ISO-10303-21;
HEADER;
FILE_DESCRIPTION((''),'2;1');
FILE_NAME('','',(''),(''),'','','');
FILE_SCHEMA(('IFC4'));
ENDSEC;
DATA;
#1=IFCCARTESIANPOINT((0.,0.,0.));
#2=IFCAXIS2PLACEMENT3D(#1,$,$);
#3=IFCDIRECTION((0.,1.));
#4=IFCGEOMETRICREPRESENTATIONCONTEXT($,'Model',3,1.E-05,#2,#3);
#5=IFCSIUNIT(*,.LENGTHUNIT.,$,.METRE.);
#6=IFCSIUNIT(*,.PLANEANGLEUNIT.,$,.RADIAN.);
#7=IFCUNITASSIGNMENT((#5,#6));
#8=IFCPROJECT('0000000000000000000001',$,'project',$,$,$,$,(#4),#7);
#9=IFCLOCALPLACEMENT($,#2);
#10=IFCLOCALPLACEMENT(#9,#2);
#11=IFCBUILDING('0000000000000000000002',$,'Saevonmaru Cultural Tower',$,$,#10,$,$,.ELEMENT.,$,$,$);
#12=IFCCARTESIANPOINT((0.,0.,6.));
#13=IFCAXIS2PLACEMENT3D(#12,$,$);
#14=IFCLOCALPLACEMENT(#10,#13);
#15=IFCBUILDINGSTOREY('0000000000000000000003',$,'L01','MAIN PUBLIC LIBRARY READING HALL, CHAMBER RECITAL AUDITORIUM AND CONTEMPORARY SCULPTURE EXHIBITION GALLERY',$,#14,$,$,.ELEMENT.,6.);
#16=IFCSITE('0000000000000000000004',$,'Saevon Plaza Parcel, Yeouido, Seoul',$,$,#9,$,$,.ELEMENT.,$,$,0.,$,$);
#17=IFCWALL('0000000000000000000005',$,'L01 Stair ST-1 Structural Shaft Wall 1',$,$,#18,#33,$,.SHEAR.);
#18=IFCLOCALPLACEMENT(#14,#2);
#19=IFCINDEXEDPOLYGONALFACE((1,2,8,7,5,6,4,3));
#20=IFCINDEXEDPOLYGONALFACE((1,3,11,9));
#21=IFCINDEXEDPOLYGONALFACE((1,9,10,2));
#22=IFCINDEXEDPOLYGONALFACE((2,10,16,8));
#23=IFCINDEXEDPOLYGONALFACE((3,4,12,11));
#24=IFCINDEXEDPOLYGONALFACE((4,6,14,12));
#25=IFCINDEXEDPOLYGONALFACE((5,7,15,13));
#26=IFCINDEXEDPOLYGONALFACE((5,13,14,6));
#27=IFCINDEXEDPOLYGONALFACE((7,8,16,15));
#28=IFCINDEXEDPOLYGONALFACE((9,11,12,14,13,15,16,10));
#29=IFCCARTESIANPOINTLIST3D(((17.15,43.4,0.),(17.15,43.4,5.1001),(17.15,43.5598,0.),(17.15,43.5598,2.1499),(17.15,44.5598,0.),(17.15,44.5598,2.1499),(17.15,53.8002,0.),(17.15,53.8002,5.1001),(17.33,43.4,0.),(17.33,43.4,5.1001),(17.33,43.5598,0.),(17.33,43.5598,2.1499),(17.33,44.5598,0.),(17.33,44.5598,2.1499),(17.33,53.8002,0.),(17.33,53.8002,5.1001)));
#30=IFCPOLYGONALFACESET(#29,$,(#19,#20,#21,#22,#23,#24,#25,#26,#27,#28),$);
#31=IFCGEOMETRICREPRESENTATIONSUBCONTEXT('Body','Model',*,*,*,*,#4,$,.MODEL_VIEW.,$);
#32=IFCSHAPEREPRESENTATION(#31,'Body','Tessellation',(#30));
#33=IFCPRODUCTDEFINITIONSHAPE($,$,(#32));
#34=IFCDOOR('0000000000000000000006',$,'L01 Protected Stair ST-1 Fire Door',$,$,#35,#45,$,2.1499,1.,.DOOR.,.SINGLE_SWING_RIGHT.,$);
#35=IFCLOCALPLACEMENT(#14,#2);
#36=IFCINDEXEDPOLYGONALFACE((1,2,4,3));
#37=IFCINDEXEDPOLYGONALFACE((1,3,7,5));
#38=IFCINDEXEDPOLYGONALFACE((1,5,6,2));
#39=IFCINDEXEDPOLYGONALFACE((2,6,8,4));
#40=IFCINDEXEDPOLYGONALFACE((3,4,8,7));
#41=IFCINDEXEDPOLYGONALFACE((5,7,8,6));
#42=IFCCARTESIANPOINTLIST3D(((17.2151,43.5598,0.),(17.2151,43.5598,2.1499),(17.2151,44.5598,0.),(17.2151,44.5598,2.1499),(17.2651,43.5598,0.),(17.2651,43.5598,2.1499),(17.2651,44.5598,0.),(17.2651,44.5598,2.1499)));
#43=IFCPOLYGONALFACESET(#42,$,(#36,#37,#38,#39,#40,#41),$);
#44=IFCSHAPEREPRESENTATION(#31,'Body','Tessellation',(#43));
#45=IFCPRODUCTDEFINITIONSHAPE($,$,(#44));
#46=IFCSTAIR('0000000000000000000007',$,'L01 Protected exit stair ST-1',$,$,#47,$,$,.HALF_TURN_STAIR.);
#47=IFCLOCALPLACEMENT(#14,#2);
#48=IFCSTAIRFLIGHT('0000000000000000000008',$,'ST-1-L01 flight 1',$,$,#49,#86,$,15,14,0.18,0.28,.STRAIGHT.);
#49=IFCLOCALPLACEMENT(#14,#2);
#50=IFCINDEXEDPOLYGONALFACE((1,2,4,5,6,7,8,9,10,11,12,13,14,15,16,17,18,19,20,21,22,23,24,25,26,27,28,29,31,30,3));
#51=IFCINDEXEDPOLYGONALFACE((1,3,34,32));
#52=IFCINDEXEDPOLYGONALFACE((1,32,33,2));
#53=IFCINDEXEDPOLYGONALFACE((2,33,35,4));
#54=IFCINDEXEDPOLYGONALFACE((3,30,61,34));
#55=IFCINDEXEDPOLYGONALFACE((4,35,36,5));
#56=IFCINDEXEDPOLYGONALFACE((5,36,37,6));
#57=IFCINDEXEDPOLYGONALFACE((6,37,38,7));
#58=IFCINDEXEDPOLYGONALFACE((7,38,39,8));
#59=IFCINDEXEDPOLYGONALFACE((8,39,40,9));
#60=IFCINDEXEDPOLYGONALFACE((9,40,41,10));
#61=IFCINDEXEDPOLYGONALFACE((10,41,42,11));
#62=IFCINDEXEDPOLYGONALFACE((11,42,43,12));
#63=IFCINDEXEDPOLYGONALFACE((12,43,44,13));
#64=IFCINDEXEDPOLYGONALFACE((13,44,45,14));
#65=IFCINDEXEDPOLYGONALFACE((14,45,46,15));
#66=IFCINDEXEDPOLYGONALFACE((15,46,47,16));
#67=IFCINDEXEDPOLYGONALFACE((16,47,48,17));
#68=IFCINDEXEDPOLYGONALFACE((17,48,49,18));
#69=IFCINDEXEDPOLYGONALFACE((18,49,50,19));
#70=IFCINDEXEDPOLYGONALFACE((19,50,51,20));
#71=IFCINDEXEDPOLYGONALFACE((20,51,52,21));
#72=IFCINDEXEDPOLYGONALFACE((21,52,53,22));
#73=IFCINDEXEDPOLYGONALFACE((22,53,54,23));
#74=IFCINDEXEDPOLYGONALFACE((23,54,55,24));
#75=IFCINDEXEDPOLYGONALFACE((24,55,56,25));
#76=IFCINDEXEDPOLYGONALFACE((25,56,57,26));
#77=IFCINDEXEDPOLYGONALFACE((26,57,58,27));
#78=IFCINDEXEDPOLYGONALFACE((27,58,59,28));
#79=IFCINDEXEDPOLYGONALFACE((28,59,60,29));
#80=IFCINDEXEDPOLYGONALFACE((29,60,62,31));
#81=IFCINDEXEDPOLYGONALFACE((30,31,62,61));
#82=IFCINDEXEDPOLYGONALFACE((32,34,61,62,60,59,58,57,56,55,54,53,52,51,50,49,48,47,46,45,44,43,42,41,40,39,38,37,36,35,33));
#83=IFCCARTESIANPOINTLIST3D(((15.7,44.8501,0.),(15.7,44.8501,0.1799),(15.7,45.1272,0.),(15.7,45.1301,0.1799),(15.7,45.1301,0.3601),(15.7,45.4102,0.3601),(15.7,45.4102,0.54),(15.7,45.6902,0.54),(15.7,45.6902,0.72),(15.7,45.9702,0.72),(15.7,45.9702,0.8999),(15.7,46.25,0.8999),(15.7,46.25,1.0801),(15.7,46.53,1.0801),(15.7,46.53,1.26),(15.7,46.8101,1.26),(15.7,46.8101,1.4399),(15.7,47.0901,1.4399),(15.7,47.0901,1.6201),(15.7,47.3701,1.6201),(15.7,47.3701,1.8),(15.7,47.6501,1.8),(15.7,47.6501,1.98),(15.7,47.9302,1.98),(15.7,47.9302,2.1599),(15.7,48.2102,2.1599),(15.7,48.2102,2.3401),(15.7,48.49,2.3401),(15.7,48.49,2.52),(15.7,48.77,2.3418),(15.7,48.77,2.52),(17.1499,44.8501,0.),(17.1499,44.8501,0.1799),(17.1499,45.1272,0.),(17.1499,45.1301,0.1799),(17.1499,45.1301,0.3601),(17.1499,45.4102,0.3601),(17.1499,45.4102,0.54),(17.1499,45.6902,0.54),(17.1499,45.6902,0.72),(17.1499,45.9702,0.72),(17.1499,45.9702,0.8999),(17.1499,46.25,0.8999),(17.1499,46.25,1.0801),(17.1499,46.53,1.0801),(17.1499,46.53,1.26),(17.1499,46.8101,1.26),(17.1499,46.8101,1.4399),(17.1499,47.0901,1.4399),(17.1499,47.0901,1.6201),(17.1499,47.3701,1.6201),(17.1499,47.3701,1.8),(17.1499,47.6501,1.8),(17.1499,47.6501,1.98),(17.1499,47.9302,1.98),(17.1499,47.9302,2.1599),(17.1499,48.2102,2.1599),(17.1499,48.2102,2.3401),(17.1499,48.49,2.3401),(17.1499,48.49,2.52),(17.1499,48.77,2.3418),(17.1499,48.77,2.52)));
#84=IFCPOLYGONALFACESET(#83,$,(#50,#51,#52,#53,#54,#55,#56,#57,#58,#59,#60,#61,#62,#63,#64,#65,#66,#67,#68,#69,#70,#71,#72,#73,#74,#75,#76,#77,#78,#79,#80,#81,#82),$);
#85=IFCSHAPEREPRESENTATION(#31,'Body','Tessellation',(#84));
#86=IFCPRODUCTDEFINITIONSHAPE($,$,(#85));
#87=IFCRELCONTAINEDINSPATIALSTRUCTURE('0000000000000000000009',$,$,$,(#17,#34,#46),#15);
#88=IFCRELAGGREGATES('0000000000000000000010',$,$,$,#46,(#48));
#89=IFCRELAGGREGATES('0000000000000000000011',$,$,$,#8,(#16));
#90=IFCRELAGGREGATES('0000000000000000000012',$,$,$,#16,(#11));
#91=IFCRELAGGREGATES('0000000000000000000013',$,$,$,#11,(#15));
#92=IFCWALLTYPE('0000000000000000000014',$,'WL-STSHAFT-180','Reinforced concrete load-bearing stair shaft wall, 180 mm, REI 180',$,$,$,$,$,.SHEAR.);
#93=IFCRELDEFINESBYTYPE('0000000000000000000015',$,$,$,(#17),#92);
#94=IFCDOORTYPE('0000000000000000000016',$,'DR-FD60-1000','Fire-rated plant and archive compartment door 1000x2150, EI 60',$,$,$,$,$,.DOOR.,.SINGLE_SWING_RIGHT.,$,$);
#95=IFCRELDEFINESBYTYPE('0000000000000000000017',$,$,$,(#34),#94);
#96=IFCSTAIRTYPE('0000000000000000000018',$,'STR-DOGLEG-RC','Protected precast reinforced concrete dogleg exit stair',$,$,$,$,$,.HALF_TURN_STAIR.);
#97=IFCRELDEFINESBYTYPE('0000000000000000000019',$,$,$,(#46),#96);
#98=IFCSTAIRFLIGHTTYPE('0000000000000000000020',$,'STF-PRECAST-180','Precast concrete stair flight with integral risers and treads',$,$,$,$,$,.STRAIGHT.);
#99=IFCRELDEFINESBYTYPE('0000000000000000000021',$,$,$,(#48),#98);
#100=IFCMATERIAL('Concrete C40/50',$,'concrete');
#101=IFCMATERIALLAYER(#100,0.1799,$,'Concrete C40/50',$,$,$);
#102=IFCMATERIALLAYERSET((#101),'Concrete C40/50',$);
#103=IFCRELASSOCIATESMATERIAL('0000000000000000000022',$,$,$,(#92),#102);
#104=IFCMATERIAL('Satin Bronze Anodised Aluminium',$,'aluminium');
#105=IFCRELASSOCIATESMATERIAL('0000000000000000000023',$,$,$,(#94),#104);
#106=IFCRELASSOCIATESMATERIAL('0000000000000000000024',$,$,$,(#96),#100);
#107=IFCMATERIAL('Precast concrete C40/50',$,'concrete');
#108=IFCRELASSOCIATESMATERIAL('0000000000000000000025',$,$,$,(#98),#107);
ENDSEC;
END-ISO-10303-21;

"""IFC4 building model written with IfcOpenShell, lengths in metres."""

from ifc_helpers import new_model, si_unit, direction, frame, frame_2d, origin, place, context, subcontext, project, spatial, polyline, rectangle, outline, extrude, material, layer, layer_set, type_object, element, fill, aggregate, save


model = new_model("IFC4")

# Units and contexts
model_context = context("Model", 3, precision=1e-05, world=origin(), true_north=direction((0.0, 1.0)))
body_context = subcontext(model_context, "Body", "Model", "MODEL_VIEW")
ifc_project = project(units=[si_unit("LENGTHUNIT", "METRE"), si_unit("PLANEANGLEUNIT", "RADIAN")], contexts=[model_context])

# Site, building, storey
site_placement = place(None, origin())
site = spatial("IfcSite", under=ifc_project, at=site_placement, Name="Saevon Plaza Parcel, Yeouido, Seoul", CompositionType="ELEMENT", RefElevation=0.0)
building_placement = place(site_placement, origin())
building = spatial("IfcBuilding", under=site, at=building_placement, Name="Saevonmaru Cultural Tower", CompositionType="ELEMENT")
storey_placement = place(building_placement, frame((0.0, 0.0, 6.0)))
storey = spatial("IfcBuildingStorey", under=building, at=storey_placement, Name="L01", Description="MAIN PUBLIC LIBRARY READING HALL, CHAMBER RECITAL AUDITORIUM AND CONTEMPORARY SCULPTURE EXHIBITION GALLERY", CompositionType="ELEMENT", Elevation=6.0)

# Shared definitions
ifc_material_1 = material(Name="Satin Bronze Anodised Aluminium", Category="aluminium")

# Wall, opening, door
ifc_material_2 = material(Name="Concrete C40/50", Category="concrete")
ifc_layer_1 = layer(ifc_material_2, 0.1799, Name="Concrete C40/50")
ifc_layer_set_1 = layer_set([ifc_layer_1], Name="Concrete C40/50")
wall_type_1 = type_object("IfcWallType", Name="WL-STSHAFT-180", Description="Reinforced concrete load-bearing stair shaft wall, 180 mm, REI 180", PredefinedType="SHEAR", material=ifc_layer_set_1)
wall_1_placement = place(storey_placement, frame((17.24, 43.3999, 0.0), z_axis=(0.0, 0.0, 1.0), x_axis=(0.0, 1.0, 0.0)))
wall_1 = element("IfcWall", 1, at=wall_1_placement, inside=storey, type_object=wall_type_1, Name="L01 Stair ST-1 Structural Shaft Wall 1", PredefinedType="SHEAR", context=body_context, shape_type="SweptSolid", body=[
    extrude(rectangle(XDim=10.4001, YDim=0.1799, at=frame_2d((5.2002, 0.0))), origin(), (0.0, 0.0, 1.0), 5.1001),
])
opening_1_placement = place(wall_1_placement, frame((0.1599, 0.0, 0.0)))
opening_1 = element("IfcOpeningElement", 2, at=opening_1_placement, cuts=wall_1, PredefinedType="OPENING", context=body_context, shape_type="SweptSolid", body=[
    extrude(rectangle(XDim=1.0, YDim=2.1499, at=frame_2d((0.5, 1.075))), frame((0.0, 0.1001, 0.0), z_axis=(0.0, -1.0, 0.0), x_axis=(1.0, 0.0, 0.0)), (0.0, 0.0, 1.0), 0.2),
])
door_type_1 = type_object("IfcDoorType", Name="DR-FD60-1000", Description="Fire-rated plant and archive compartment door 1000x2150, EI 60", OperationType="SINGLE_SWING_RIGHT", PredefinedType="DOOR", material=ifc_material_1)
door_1_placement = place(opening_1_placement, origin())
door_1 = element("IfcDoor", 3, at=door_1_placement, inside=storey, type_object=door_type_1, Name="L01 Protected Stair ST-1 Fire Door", OperationType="SINGLE_SWING_RIGHT", OverallHeight=2.1499, OverallWidth=1.0, PredefinedType="DOOR", context=body_context, shape_type="SweptSolid", body=[
    extrude(rectangle(XDim=1.0, YDim=2.1499, at=frame_2d((0.5, 1.075))), frame((0.0, 0.0249, 0.0), z_axis=(0.0, -1.0, 0.0), x_axis=(1.0, 0.0, 0.0)), (0.0, 0.0, 1.0), 0.05),
])
fill(opening_1, door_1)

# Stair, stair flight
stair_type = type_object("IfcStairType", Name="STR-DOGLEG-RC", Description="Protected precast reinforced concrete dogleg exit stair", PredefinedType="HALF_TURN_STAIR", material=ifc_material_2)
stair_placement = place(storey_placement, origin())
stair = element("IfcStair", 4, at=stair_placement, inside=storey, type_object=stair_type, Name="L01 Protected exit stair ST-1", PredefinedType="HALF_TURN_STAIR")
ifc_material_3 = material(Name="Precast concrete C40/50", Category="concrete")
stair_flight_type = type_object("IfcStairFlightType", Name="STF-PRECAST-180", Description="Precast concrete stair flight with integral risers and treads", PredefinedType="STRAIGHT", material=ifc_material_3)
stair_flight_placement = place(storey_placement, frame((16.425, 44.8501, 0.0), z_axis=(0.0, 0.0, 1.0), x_axis=(0.0, 1.0, 0.0)))
stair_flight = element("IfcStairFlight", 5, at=stair_flight_placement, type_object=stair_flight_type, Name="ST-1-L01 flight 1", NumberOfRisers=15, NumberOfTreads=14, PredefinedType="STRAIGHT", RiserHeight=0.18, TreadLength=0.28, context=body_context, shape_type="SweptSolid", body=[
    extrude(outline(polyline([(0.0, 0.0), (0.0, 0.1799), (0.28, 0.1799), (0.28, 0.3601), (0.5601, 0.3601), (0.5601, 0.54), (0.8401, 0.54), (0.8401, 0.72), (1.1201, 0.72), (1.1201, 0.8999), (1.3999, 0.8999), (1.3999, 1.0801), (1.6799, 1.0801), (1.6799, 1.26), (1.96, 1.26), (1.96, 1.4399), (2.24, 1.4399), (2.24, 1.6201), (2.52, 1.6201), (2.52, 1.8), (2.8, 1.8), (2.8, 1.98), (3.0801, 1.98), (3.0801, 2.1599), (3.3601, 2.1599), (3.3601, 2.3401), (3.6399, 2.3401), (3.6399, 2.52), (3.9199, 2.52), (3.9199, 2.7), (3.9199, 2.3418), (0.2771, 0.0), (0.0, 0.0)])), frame((0.0, 0.7251, 0.0), z_axis=(0.0, -1.0, 0.0), x_axis=(1.0, 0.0, 0.0)), (0.0, 0.0, 1.0), 1.45),
])
aggregate(stair, [stair_flight])

save(model, "model.ifc")
